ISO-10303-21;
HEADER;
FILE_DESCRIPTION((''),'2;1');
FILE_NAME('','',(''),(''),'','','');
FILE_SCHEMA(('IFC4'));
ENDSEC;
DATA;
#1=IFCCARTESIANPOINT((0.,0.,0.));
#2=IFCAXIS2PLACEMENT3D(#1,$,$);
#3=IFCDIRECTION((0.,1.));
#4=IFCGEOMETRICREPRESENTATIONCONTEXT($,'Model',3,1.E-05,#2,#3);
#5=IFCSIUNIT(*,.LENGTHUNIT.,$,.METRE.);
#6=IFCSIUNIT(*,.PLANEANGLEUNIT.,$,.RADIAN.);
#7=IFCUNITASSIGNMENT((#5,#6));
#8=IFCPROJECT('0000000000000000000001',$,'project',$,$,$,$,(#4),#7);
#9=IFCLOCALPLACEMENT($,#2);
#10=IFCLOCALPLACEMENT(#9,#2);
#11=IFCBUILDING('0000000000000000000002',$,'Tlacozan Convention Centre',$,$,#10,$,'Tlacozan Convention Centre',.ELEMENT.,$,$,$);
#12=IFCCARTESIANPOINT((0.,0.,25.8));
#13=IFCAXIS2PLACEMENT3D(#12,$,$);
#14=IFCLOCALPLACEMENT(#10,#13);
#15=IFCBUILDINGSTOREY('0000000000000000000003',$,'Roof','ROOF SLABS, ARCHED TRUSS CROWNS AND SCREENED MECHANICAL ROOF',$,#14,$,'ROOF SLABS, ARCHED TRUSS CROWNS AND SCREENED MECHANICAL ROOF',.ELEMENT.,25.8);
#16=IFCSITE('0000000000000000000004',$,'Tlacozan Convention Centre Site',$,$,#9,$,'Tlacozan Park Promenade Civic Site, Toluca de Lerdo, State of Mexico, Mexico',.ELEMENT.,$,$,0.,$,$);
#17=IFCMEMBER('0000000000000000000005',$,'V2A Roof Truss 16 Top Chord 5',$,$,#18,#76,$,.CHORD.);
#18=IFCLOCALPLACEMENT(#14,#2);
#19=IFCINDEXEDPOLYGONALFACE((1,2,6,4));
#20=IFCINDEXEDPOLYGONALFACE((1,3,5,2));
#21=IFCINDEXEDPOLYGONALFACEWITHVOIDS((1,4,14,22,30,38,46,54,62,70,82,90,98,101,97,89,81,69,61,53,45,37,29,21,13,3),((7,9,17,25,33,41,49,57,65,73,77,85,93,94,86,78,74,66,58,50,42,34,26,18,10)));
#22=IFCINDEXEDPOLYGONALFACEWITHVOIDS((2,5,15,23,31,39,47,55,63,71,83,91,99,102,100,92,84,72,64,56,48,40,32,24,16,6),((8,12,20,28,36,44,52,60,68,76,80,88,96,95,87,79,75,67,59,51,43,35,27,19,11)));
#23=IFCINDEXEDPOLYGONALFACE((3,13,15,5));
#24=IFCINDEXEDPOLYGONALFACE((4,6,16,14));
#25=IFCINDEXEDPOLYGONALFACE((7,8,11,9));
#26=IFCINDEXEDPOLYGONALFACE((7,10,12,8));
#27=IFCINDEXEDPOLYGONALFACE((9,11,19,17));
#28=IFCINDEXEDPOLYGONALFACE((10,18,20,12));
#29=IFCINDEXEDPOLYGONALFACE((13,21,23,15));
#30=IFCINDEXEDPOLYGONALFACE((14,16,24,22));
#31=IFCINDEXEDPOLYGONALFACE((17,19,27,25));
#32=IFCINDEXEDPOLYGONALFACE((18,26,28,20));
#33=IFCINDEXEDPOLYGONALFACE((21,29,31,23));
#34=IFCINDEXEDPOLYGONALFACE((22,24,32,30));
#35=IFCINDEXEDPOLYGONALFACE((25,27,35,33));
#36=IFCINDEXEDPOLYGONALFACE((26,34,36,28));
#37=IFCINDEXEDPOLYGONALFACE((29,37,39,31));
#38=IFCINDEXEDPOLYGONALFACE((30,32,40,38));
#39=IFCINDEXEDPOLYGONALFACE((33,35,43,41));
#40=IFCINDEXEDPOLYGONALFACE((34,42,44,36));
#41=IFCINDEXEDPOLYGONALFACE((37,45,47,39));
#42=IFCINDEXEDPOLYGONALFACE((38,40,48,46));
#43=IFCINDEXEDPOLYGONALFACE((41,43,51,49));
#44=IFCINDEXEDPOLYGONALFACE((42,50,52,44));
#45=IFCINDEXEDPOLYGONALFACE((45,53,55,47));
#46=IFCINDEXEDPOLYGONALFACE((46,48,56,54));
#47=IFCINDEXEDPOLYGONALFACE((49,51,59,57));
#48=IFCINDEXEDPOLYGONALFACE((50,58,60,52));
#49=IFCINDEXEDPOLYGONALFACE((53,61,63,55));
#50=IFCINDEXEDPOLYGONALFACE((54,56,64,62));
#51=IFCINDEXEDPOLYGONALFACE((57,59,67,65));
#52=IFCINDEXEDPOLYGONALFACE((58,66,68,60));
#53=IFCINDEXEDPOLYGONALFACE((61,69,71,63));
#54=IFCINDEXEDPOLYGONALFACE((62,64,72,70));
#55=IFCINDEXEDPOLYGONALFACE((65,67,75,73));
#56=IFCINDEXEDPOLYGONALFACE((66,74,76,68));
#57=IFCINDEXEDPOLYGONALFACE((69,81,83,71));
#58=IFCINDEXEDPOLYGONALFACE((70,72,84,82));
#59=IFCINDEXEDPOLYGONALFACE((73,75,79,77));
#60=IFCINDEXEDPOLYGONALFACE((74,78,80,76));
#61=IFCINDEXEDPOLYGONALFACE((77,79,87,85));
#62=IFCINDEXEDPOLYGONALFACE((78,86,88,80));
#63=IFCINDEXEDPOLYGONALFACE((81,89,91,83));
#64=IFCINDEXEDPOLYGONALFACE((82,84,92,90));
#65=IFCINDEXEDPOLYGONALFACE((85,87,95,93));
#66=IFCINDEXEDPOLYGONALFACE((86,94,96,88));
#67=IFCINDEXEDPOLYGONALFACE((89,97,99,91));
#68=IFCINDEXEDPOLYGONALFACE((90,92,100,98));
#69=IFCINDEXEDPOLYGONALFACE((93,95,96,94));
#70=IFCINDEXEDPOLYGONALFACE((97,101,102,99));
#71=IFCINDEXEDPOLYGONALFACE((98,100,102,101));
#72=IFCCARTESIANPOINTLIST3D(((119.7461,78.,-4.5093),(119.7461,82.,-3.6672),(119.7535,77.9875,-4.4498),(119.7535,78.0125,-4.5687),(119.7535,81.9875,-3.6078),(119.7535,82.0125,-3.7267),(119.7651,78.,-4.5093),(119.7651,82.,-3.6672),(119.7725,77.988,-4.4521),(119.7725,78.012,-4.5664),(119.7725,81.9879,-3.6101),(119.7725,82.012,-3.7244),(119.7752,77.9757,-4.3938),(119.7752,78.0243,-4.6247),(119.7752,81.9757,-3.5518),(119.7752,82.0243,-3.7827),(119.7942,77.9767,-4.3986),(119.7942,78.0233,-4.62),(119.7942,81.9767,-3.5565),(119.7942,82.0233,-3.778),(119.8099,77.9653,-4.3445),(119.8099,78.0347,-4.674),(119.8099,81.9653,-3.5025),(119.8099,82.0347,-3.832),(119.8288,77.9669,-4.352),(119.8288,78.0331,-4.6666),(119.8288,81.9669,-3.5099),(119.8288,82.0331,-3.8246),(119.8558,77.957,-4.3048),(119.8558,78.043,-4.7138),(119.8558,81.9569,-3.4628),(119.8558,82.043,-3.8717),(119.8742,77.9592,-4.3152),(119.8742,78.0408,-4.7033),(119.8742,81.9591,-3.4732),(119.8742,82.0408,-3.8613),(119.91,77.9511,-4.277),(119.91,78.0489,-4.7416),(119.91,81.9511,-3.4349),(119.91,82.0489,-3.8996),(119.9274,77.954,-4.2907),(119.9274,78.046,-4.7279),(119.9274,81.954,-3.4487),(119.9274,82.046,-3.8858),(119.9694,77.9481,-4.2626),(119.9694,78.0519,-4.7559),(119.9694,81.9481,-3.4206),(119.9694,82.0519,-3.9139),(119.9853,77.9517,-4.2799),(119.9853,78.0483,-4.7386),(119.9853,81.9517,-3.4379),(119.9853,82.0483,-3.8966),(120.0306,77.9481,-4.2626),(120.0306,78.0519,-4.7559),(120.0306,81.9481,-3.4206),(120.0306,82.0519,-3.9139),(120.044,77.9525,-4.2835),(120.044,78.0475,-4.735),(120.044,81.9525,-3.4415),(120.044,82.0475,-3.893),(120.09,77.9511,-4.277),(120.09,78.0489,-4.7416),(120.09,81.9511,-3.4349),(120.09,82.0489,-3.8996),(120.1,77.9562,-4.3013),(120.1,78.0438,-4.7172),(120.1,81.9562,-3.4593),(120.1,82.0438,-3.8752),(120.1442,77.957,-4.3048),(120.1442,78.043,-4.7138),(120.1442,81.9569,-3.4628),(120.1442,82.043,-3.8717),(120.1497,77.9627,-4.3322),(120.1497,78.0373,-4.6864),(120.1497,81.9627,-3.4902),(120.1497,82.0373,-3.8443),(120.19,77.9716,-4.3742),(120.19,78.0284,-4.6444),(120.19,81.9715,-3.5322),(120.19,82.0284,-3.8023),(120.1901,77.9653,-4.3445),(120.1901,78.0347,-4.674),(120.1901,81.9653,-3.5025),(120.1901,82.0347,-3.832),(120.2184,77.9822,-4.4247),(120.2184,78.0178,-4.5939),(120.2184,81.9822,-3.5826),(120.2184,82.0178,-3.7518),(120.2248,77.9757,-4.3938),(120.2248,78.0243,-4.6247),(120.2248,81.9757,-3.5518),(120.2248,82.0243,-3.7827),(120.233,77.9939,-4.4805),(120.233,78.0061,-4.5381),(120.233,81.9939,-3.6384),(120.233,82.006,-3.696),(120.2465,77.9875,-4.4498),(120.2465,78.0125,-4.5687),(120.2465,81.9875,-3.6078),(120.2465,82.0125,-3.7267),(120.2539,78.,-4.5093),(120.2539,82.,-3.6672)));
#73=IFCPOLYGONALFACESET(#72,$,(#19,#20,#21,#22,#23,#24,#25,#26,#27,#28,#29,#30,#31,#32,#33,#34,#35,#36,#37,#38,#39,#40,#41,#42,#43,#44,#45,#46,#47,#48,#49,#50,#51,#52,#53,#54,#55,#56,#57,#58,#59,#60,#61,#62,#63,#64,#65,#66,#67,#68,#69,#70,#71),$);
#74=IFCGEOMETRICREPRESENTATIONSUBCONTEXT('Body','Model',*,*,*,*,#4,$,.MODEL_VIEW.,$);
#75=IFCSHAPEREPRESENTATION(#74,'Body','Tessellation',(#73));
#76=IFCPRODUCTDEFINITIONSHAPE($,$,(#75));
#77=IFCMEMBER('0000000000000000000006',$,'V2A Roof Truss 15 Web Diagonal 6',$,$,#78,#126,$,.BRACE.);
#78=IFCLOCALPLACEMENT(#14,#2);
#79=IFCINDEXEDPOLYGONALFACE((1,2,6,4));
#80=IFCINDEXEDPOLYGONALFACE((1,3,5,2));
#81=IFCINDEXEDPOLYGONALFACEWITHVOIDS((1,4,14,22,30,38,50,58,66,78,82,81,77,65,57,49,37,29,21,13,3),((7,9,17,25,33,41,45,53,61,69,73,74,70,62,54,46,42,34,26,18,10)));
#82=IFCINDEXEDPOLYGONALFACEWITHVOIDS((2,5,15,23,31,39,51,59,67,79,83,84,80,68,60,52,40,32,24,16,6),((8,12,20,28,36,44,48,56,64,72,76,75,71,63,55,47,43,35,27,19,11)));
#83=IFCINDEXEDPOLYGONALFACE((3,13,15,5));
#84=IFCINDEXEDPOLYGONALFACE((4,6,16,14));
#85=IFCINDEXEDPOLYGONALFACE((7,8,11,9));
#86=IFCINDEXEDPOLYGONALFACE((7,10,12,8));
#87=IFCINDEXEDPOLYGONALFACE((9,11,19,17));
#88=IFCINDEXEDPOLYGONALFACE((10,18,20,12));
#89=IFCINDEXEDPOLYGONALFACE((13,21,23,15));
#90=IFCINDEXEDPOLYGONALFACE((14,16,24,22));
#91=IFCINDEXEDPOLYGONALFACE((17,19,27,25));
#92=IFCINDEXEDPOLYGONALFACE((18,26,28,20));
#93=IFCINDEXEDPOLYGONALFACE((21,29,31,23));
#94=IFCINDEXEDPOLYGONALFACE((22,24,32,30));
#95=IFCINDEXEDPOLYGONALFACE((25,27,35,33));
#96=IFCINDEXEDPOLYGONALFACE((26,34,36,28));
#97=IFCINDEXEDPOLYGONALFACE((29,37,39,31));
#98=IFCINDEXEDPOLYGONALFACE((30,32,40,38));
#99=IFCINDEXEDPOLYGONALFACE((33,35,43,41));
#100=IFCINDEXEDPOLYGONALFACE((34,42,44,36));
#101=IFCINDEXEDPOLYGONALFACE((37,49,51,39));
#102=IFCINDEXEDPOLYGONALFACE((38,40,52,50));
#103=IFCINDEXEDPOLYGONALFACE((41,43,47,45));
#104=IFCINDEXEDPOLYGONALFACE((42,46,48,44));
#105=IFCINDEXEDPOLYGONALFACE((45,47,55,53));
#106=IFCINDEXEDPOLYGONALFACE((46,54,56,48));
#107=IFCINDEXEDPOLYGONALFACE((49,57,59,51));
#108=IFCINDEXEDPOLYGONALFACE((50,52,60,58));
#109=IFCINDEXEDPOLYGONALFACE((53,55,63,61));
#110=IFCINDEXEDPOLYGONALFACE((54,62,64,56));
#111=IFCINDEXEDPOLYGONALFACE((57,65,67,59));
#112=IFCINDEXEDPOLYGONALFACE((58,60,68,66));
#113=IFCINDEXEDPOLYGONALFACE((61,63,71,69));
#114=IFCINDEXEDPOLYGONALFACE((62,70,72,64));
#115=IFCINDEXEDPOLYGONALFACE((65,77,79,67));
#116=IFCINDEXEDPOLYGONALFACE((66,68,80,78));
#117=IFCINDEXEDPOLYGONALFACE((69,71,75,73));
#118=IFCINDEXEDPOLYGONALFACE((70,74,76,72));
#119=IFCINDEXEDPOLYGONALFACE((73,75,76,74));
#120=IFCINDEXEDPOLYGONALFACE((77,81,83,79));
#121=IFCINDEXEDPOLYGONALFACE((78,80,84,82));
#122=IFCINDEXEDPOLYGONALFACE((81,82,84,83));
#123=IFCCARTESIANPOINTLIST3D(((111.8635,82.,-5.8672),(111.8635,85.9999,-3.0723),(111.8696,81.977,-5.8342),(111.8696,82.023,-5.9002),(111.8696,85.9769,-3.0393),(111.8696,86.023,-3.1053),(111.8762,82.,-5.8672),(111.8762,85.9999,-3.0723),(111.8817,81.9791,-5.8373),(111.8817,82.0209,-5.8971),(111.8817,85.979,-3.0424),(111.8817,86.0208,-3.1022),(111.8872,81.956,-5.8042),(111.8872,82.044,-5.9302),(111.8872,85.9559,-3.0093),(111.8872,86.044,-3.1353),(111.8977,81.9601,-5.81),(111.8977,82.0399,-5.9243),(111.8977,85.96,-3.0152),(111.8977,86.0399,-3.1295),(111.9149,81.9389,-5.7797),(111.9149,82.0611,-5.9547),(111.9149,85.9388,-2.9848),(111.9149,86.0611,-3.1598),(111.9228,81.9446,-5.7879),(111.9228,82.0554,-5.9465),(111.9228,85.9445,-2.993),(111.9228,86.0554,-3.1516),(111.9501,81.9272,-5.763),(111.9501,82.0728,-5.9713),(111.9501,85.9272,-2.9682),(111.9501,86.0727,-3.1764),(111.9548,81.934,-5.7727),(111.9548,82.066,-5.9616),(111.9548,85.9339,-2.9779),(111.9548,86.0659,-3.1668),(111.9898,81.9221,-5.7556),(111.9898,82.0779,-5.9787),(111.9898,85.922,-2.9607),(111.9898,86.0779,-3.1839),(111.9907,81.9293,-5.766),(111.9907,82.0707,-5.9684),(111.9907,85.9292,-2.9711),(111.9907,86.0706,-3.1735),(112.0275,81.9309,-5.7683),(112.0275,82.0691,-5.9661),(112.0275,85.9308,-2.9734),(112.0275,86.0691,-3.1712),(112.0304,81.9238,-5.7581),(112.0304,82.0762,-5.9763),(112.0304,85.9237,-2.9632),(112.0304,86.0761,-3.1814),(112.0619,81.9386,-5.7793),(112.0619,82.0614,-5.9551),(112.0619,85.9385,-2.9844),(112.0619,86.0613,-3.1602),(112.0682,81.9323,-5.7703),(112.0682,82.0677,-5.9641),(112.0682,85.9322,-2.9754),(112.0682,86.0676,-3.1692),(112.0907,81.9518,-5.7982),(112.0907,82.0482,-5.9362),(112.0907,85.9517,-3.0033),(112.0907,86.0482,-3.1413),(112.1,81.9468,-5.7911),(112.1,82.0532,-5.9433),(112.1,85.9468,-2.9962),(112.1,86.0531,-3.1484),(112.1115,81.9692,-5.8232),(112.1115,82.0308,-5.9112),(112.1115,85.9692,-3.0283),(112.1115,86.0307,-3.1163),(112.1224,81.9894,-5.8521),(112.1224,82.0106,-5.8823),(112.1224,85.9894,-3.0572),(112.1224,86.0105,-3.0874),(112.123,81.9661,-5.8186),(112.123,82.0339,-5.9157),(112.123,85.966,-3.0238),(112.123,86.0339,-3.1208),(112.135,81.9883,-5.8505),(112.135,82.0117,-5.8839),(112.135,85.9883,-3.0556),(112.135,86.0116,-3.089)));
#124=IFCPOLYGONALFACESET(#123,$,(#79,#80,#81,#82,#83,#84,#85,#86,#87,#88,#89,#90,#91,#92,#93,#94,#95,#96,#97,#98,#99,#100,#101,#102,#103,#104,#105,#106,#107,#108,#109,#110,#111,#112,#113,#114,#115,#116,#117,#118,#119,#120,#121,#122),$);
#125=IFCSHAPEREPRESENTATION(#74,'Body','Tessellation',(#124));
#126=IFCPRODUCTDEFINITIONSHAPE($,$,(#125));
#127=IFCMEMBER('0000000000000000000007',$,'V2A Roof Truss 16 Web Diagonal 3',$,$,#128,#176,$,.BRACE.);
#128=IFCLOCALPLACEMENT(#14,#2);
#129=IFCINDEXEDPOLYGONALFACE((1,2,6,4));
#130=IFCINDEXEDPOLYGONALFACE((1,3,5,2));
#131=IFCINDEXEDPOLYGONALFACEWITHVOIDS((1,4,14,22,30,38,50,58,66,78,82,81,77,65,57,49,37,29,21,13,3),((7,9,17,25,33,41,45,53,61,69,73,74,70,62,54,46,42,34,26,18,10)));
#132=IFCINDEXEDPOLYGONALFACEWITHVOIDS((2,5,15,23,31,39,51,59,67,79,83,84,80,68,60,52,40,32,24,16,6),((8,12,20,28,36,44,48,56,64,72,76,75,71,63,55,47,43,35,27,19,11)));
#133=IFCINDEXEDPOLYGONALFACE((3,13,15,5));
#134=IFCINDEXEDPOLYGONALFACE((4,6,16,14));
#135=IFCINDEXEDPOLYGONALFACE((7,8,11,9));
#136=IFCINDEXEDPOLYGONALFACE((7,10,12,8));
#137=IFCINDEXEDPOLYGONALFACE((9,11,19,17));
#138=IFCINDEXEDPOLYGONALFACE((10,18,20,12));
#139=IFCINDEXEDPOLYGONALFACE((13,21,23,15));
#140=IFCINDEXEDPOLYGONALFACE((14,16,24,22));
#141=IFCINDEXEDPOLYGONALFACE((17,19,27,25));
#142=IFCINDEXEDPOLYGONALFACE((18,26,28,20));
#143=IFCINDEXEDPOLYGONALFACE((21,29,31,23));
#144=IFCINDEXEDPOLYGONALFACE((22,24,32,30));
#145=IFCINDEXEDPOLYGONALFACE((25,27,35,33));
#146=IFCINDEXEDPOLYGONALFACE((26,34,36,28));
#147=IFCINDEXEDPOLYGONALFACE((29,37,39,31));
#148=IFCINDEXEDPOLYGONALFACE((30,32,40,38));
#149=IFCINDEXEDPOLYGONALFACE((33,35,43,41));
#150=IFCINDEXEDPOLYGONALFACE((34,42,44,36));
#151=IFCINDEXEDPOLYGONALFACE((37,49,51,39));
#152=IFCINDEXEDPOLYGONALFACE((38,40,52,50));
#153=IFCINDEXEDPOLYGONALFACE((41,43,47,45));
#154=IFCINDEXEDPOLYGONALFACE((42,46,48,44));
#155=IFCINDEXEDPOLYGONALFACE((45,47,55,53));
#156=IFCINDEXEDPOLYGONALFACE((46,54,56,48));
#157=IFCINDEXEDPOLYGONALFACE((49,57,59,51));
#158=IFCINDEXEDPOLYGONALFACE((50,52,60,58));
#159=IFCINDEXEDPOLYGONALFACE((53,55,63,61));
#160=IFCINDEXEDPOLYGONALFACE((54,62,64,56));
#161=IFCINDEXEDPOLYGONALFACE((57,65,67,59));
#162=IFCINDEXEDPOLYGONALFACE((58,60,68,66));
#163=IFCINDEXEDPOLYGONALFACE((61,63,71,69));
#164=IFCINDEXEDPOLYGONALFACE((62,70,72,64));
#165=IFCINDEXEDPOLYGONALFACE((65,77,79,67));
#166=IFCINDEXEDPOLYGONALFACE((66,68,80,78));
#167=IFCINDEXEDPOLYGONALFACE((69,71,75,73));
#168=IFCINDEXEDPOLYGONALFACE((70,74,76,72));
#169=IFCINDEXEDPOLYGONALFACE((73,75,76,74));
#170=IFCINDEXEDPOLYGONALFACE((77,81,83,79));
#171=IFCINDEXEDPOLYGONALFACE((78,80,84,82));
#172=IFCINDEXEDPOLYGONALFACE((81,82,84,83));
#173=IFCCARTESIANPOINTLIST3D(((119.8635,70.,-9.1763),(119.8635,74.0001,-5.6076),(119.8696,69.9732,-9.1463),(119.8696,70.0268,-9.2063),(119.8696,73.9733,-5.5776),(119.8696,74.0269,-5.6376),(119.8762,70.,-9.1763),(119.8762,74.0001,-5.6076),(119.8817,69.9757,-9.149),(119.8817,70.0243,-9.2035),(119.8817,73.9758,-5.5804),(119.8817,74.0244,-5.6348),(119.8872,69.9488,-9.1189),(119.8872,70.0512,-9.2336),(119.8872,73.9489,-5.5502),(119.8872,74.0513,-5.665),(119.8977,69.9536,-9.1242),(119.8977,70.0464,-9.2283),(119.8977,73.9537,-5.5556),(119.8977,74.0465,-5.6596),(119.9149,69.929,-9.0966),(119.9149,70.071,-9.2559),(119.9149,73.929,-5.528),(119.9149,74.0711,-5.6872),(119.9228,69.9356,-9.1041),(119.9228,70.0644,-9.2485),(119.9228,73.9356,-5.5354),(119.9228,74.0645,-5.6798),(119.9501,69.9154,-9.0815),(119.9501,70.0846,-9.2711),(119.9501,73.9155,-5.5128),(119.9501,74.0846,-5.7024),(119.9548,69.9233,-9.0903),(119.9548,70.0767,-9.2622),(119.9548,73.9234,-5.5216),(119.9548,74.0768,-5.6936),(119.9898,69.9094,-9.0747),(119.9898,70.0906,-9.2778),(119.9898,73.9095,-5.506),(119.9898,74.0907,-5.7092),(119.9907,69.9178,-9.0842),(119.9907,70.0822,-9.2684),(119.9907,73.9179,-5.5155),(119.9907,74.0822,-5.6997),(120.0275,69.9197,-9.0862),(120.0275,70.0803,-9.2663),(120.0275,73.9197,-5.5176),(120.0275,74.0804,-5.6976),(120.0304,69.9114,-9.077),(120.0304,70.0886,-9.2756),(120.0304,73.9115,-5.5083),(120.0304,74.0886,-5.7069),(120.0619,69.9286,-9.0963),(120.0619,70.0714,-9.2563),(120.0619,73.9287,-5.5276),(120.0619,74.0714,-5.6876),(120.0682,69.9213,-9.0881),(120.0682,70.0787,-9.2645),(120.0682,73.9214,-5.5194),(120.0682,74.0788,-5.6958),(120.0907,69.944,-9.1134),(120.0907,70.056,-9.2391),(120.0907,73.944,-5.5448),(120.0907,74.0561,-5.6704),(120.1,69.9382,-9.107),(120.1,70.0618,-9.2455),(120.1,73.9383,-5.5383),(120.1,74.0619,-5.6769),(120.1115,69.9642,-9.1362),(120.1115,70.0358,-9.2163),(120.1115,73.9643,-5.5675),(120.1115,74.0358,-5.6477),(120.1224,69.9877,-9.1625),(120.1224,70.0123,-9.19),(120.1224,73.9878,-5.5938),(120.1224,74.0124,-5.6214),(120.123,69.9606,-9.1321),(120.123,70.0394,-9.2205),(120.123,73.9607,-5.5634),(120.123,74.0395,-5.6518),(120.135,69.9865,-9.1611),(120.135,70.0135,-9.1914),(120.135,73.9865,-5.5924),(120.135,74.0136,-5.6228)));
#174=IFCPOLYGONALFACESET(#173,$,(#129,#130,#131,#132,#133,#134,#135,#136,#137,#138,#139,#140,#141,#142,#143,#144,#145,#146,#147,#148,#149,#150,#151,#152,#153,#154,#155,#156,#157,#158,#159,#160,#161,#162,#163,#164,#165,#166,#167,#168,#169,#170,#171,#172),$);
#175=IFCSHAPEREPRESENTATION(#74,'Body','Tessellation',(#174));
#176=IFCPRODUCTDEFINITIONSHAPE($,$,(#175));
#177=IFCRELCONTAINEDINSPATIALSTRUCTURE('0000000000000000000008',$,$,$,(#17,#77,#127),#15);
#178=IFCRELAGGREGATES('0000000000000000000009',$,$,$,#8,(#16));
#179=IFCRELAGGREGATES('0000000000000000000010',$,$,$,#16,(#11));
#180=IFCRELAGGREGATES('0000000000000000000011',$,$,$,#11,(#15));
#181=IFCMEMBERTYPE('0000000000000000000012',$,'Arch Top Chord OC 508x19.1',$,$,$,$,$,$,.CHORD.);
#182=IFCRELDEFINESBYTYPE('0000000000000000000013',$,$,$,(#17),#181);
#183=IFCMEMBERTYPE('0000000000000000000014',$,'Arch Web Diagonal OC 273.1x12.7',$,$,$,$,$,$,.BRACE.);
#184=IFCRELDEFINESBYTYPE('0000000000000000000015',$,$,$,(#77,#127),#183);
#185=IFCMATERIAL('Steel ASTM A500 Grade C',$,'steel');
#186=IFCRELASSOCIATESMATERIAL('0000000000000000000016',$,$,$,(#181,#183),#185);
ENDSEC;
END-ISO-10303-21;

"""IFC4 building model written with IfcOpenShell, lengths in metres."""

from ifc_helpers import new_model, si_unit, direction, frame, origin, origin_2d, place, context, subcontext, project, spatial, hollow_circle, extrude, material, material_profile, profile_set, type_object, element, save


model = new_model("IFC4")

# Units and contexts
model_context = context("Model", 3, precision=1e-05, world=origin(), true_north=direction((0.0, 1.0)))
body_context = subcontext(model_context, "Body", "Model", "MODEL_VIEW")
ifc_project = project(units=[si_unit("LENGTHUNIT", "METRE"), si_unit("PLANEANGLEUNIT", "RADIAN")], contexts=[model_context])

# Site, building, storey
site_placement = place(None, origin())
site = spatial("IfcSite", under=ifc_project, at=site_placement, Name="Tlacozan Convention Centre Site", LongName="Tlacozan Park Promenade Civic Site, Toluca de Lerdo, State of Mexico, Mexico", CompositionType="ELEMENT", RefElevation=0.0)
building_placement = place(site_placement, origin())
building = spatial("IfcBuilding", under=site, at=building_placement, Name="Tlacozan Convention Centre", LongName="Tlacozan Convention Centre", CompositionType="ELEMENT")
storey_placement = place(building_placement, frame((0.0, 0.0, 25.8)))
storey = spatial("IfcBuildingStorey", under=building, at=storey_placement, Name="Roof", Description="ROOF SLABS, ARCHED TRUSS CROWNS AND SCREENED MECHANICAL ROOF", LongName="ROOF SLABS, ARCHED TRUSS CROWNS AND SCREENED MECHANICAL ROOF", CompositionType="ELEMENT", Elevation=25.8)

# Members
ifc_material_1 = material(Name="Steel ASTM A500 Grade C", Category="steel")
ifc_material_profile_1 = material_profile(ifc_material_1, hollow_circle(Radius=0.2539, WallThickness=0.019, at=origin_2d()), Name="OC 508.0x19.1")
ifc_profile_set_1 = profile_set([ifc_material_profile_1], Name="Steel ASTM A500 Grade C")
member_type_1 = type_object("IfcMemberType", Name="Arch Top Chord OC 508x19.1", PredefinedType="CHORD", material=ifc_profile_set_1)
member_1_placement = place(storey_placement, frame((120.0, 78.0, -4.5093), z_axis=(0.0, 0.978553, 0.205995), x_axis=(-1.0, 0.0, 0.0)))
element("IfcMember", 1, at=member_1_placement, inside=storey, type_object=member_type_1, Name="V2A Roof Truss 16 Top Chord 5", PredefinedType="CHORD", context=body_context, shape_type="SweptSolid", body=[
    extrude(hollow_circle(Radius=0.2539, WallThickness=0.019, at=origin_2d()), origin(), (0.0, 0.0, 1.0), 4.0876),
])
ifc_material_profile_2 = material_profile(ifc_material_1, hollow_circle(Radius=0.1365, WallThickness=0.0127, at=origin_2d()), Name="OC 273.1x12.7")
ifc_profile_set_2 = profile_set([ifc_material_profile_2], Name="Steel ASTM A500 Grade C")
member_type_2 = type_object("IfcMemberType", Name="Arch Web Diagonal OC 273.1x12.7", PredefinedType="BRACE", material=ifc_profile_set_2)
member_2_placement = place(storey_placement, frame((112.0, 82.0, -5.8672), z_axis=(0.0, 0.819721, 0.572764), x_axis=(-1.0, 0.0, 0.0)))
element("IfcMember", 2, at=member_2_placement, inside=storey, type_object=member_type_2, Name="V2A Roof Truss 15 Web Diagonal 6", PredefinedType="BRACE", context=body_context, shape_type="SweptSolid", body=[
    extrude(hollow_circle(Radius=0.1365, WallThickness=0.0127, at=origin_2d()), origin(), (0.0, 0.0, 1.0), 4.8796),
])
member_3_placement = place(storey_placement, frame((120.0, 70.0, -9.1763), z_axis=(0.0, 0.746199, 0.665722), x_axis=(-1.0, 0.0, 0.0)))
element("IfcMember", 3, at=member_3_placement, inside=storey, type_object=member_type_2, Name="V2A Roof Truss 16 Web Diagonal 3", PredefinedType="BRACE", context=body_context, shape_type="SweptSolid", body=[
    extrude(hollow_circle(Radius=0.1365, WallThickness=0.0127, at=origin_2d()), origin(), (0.0, 0.0, 1.0), 5.3606),
])

save(model, "model.ifc")
